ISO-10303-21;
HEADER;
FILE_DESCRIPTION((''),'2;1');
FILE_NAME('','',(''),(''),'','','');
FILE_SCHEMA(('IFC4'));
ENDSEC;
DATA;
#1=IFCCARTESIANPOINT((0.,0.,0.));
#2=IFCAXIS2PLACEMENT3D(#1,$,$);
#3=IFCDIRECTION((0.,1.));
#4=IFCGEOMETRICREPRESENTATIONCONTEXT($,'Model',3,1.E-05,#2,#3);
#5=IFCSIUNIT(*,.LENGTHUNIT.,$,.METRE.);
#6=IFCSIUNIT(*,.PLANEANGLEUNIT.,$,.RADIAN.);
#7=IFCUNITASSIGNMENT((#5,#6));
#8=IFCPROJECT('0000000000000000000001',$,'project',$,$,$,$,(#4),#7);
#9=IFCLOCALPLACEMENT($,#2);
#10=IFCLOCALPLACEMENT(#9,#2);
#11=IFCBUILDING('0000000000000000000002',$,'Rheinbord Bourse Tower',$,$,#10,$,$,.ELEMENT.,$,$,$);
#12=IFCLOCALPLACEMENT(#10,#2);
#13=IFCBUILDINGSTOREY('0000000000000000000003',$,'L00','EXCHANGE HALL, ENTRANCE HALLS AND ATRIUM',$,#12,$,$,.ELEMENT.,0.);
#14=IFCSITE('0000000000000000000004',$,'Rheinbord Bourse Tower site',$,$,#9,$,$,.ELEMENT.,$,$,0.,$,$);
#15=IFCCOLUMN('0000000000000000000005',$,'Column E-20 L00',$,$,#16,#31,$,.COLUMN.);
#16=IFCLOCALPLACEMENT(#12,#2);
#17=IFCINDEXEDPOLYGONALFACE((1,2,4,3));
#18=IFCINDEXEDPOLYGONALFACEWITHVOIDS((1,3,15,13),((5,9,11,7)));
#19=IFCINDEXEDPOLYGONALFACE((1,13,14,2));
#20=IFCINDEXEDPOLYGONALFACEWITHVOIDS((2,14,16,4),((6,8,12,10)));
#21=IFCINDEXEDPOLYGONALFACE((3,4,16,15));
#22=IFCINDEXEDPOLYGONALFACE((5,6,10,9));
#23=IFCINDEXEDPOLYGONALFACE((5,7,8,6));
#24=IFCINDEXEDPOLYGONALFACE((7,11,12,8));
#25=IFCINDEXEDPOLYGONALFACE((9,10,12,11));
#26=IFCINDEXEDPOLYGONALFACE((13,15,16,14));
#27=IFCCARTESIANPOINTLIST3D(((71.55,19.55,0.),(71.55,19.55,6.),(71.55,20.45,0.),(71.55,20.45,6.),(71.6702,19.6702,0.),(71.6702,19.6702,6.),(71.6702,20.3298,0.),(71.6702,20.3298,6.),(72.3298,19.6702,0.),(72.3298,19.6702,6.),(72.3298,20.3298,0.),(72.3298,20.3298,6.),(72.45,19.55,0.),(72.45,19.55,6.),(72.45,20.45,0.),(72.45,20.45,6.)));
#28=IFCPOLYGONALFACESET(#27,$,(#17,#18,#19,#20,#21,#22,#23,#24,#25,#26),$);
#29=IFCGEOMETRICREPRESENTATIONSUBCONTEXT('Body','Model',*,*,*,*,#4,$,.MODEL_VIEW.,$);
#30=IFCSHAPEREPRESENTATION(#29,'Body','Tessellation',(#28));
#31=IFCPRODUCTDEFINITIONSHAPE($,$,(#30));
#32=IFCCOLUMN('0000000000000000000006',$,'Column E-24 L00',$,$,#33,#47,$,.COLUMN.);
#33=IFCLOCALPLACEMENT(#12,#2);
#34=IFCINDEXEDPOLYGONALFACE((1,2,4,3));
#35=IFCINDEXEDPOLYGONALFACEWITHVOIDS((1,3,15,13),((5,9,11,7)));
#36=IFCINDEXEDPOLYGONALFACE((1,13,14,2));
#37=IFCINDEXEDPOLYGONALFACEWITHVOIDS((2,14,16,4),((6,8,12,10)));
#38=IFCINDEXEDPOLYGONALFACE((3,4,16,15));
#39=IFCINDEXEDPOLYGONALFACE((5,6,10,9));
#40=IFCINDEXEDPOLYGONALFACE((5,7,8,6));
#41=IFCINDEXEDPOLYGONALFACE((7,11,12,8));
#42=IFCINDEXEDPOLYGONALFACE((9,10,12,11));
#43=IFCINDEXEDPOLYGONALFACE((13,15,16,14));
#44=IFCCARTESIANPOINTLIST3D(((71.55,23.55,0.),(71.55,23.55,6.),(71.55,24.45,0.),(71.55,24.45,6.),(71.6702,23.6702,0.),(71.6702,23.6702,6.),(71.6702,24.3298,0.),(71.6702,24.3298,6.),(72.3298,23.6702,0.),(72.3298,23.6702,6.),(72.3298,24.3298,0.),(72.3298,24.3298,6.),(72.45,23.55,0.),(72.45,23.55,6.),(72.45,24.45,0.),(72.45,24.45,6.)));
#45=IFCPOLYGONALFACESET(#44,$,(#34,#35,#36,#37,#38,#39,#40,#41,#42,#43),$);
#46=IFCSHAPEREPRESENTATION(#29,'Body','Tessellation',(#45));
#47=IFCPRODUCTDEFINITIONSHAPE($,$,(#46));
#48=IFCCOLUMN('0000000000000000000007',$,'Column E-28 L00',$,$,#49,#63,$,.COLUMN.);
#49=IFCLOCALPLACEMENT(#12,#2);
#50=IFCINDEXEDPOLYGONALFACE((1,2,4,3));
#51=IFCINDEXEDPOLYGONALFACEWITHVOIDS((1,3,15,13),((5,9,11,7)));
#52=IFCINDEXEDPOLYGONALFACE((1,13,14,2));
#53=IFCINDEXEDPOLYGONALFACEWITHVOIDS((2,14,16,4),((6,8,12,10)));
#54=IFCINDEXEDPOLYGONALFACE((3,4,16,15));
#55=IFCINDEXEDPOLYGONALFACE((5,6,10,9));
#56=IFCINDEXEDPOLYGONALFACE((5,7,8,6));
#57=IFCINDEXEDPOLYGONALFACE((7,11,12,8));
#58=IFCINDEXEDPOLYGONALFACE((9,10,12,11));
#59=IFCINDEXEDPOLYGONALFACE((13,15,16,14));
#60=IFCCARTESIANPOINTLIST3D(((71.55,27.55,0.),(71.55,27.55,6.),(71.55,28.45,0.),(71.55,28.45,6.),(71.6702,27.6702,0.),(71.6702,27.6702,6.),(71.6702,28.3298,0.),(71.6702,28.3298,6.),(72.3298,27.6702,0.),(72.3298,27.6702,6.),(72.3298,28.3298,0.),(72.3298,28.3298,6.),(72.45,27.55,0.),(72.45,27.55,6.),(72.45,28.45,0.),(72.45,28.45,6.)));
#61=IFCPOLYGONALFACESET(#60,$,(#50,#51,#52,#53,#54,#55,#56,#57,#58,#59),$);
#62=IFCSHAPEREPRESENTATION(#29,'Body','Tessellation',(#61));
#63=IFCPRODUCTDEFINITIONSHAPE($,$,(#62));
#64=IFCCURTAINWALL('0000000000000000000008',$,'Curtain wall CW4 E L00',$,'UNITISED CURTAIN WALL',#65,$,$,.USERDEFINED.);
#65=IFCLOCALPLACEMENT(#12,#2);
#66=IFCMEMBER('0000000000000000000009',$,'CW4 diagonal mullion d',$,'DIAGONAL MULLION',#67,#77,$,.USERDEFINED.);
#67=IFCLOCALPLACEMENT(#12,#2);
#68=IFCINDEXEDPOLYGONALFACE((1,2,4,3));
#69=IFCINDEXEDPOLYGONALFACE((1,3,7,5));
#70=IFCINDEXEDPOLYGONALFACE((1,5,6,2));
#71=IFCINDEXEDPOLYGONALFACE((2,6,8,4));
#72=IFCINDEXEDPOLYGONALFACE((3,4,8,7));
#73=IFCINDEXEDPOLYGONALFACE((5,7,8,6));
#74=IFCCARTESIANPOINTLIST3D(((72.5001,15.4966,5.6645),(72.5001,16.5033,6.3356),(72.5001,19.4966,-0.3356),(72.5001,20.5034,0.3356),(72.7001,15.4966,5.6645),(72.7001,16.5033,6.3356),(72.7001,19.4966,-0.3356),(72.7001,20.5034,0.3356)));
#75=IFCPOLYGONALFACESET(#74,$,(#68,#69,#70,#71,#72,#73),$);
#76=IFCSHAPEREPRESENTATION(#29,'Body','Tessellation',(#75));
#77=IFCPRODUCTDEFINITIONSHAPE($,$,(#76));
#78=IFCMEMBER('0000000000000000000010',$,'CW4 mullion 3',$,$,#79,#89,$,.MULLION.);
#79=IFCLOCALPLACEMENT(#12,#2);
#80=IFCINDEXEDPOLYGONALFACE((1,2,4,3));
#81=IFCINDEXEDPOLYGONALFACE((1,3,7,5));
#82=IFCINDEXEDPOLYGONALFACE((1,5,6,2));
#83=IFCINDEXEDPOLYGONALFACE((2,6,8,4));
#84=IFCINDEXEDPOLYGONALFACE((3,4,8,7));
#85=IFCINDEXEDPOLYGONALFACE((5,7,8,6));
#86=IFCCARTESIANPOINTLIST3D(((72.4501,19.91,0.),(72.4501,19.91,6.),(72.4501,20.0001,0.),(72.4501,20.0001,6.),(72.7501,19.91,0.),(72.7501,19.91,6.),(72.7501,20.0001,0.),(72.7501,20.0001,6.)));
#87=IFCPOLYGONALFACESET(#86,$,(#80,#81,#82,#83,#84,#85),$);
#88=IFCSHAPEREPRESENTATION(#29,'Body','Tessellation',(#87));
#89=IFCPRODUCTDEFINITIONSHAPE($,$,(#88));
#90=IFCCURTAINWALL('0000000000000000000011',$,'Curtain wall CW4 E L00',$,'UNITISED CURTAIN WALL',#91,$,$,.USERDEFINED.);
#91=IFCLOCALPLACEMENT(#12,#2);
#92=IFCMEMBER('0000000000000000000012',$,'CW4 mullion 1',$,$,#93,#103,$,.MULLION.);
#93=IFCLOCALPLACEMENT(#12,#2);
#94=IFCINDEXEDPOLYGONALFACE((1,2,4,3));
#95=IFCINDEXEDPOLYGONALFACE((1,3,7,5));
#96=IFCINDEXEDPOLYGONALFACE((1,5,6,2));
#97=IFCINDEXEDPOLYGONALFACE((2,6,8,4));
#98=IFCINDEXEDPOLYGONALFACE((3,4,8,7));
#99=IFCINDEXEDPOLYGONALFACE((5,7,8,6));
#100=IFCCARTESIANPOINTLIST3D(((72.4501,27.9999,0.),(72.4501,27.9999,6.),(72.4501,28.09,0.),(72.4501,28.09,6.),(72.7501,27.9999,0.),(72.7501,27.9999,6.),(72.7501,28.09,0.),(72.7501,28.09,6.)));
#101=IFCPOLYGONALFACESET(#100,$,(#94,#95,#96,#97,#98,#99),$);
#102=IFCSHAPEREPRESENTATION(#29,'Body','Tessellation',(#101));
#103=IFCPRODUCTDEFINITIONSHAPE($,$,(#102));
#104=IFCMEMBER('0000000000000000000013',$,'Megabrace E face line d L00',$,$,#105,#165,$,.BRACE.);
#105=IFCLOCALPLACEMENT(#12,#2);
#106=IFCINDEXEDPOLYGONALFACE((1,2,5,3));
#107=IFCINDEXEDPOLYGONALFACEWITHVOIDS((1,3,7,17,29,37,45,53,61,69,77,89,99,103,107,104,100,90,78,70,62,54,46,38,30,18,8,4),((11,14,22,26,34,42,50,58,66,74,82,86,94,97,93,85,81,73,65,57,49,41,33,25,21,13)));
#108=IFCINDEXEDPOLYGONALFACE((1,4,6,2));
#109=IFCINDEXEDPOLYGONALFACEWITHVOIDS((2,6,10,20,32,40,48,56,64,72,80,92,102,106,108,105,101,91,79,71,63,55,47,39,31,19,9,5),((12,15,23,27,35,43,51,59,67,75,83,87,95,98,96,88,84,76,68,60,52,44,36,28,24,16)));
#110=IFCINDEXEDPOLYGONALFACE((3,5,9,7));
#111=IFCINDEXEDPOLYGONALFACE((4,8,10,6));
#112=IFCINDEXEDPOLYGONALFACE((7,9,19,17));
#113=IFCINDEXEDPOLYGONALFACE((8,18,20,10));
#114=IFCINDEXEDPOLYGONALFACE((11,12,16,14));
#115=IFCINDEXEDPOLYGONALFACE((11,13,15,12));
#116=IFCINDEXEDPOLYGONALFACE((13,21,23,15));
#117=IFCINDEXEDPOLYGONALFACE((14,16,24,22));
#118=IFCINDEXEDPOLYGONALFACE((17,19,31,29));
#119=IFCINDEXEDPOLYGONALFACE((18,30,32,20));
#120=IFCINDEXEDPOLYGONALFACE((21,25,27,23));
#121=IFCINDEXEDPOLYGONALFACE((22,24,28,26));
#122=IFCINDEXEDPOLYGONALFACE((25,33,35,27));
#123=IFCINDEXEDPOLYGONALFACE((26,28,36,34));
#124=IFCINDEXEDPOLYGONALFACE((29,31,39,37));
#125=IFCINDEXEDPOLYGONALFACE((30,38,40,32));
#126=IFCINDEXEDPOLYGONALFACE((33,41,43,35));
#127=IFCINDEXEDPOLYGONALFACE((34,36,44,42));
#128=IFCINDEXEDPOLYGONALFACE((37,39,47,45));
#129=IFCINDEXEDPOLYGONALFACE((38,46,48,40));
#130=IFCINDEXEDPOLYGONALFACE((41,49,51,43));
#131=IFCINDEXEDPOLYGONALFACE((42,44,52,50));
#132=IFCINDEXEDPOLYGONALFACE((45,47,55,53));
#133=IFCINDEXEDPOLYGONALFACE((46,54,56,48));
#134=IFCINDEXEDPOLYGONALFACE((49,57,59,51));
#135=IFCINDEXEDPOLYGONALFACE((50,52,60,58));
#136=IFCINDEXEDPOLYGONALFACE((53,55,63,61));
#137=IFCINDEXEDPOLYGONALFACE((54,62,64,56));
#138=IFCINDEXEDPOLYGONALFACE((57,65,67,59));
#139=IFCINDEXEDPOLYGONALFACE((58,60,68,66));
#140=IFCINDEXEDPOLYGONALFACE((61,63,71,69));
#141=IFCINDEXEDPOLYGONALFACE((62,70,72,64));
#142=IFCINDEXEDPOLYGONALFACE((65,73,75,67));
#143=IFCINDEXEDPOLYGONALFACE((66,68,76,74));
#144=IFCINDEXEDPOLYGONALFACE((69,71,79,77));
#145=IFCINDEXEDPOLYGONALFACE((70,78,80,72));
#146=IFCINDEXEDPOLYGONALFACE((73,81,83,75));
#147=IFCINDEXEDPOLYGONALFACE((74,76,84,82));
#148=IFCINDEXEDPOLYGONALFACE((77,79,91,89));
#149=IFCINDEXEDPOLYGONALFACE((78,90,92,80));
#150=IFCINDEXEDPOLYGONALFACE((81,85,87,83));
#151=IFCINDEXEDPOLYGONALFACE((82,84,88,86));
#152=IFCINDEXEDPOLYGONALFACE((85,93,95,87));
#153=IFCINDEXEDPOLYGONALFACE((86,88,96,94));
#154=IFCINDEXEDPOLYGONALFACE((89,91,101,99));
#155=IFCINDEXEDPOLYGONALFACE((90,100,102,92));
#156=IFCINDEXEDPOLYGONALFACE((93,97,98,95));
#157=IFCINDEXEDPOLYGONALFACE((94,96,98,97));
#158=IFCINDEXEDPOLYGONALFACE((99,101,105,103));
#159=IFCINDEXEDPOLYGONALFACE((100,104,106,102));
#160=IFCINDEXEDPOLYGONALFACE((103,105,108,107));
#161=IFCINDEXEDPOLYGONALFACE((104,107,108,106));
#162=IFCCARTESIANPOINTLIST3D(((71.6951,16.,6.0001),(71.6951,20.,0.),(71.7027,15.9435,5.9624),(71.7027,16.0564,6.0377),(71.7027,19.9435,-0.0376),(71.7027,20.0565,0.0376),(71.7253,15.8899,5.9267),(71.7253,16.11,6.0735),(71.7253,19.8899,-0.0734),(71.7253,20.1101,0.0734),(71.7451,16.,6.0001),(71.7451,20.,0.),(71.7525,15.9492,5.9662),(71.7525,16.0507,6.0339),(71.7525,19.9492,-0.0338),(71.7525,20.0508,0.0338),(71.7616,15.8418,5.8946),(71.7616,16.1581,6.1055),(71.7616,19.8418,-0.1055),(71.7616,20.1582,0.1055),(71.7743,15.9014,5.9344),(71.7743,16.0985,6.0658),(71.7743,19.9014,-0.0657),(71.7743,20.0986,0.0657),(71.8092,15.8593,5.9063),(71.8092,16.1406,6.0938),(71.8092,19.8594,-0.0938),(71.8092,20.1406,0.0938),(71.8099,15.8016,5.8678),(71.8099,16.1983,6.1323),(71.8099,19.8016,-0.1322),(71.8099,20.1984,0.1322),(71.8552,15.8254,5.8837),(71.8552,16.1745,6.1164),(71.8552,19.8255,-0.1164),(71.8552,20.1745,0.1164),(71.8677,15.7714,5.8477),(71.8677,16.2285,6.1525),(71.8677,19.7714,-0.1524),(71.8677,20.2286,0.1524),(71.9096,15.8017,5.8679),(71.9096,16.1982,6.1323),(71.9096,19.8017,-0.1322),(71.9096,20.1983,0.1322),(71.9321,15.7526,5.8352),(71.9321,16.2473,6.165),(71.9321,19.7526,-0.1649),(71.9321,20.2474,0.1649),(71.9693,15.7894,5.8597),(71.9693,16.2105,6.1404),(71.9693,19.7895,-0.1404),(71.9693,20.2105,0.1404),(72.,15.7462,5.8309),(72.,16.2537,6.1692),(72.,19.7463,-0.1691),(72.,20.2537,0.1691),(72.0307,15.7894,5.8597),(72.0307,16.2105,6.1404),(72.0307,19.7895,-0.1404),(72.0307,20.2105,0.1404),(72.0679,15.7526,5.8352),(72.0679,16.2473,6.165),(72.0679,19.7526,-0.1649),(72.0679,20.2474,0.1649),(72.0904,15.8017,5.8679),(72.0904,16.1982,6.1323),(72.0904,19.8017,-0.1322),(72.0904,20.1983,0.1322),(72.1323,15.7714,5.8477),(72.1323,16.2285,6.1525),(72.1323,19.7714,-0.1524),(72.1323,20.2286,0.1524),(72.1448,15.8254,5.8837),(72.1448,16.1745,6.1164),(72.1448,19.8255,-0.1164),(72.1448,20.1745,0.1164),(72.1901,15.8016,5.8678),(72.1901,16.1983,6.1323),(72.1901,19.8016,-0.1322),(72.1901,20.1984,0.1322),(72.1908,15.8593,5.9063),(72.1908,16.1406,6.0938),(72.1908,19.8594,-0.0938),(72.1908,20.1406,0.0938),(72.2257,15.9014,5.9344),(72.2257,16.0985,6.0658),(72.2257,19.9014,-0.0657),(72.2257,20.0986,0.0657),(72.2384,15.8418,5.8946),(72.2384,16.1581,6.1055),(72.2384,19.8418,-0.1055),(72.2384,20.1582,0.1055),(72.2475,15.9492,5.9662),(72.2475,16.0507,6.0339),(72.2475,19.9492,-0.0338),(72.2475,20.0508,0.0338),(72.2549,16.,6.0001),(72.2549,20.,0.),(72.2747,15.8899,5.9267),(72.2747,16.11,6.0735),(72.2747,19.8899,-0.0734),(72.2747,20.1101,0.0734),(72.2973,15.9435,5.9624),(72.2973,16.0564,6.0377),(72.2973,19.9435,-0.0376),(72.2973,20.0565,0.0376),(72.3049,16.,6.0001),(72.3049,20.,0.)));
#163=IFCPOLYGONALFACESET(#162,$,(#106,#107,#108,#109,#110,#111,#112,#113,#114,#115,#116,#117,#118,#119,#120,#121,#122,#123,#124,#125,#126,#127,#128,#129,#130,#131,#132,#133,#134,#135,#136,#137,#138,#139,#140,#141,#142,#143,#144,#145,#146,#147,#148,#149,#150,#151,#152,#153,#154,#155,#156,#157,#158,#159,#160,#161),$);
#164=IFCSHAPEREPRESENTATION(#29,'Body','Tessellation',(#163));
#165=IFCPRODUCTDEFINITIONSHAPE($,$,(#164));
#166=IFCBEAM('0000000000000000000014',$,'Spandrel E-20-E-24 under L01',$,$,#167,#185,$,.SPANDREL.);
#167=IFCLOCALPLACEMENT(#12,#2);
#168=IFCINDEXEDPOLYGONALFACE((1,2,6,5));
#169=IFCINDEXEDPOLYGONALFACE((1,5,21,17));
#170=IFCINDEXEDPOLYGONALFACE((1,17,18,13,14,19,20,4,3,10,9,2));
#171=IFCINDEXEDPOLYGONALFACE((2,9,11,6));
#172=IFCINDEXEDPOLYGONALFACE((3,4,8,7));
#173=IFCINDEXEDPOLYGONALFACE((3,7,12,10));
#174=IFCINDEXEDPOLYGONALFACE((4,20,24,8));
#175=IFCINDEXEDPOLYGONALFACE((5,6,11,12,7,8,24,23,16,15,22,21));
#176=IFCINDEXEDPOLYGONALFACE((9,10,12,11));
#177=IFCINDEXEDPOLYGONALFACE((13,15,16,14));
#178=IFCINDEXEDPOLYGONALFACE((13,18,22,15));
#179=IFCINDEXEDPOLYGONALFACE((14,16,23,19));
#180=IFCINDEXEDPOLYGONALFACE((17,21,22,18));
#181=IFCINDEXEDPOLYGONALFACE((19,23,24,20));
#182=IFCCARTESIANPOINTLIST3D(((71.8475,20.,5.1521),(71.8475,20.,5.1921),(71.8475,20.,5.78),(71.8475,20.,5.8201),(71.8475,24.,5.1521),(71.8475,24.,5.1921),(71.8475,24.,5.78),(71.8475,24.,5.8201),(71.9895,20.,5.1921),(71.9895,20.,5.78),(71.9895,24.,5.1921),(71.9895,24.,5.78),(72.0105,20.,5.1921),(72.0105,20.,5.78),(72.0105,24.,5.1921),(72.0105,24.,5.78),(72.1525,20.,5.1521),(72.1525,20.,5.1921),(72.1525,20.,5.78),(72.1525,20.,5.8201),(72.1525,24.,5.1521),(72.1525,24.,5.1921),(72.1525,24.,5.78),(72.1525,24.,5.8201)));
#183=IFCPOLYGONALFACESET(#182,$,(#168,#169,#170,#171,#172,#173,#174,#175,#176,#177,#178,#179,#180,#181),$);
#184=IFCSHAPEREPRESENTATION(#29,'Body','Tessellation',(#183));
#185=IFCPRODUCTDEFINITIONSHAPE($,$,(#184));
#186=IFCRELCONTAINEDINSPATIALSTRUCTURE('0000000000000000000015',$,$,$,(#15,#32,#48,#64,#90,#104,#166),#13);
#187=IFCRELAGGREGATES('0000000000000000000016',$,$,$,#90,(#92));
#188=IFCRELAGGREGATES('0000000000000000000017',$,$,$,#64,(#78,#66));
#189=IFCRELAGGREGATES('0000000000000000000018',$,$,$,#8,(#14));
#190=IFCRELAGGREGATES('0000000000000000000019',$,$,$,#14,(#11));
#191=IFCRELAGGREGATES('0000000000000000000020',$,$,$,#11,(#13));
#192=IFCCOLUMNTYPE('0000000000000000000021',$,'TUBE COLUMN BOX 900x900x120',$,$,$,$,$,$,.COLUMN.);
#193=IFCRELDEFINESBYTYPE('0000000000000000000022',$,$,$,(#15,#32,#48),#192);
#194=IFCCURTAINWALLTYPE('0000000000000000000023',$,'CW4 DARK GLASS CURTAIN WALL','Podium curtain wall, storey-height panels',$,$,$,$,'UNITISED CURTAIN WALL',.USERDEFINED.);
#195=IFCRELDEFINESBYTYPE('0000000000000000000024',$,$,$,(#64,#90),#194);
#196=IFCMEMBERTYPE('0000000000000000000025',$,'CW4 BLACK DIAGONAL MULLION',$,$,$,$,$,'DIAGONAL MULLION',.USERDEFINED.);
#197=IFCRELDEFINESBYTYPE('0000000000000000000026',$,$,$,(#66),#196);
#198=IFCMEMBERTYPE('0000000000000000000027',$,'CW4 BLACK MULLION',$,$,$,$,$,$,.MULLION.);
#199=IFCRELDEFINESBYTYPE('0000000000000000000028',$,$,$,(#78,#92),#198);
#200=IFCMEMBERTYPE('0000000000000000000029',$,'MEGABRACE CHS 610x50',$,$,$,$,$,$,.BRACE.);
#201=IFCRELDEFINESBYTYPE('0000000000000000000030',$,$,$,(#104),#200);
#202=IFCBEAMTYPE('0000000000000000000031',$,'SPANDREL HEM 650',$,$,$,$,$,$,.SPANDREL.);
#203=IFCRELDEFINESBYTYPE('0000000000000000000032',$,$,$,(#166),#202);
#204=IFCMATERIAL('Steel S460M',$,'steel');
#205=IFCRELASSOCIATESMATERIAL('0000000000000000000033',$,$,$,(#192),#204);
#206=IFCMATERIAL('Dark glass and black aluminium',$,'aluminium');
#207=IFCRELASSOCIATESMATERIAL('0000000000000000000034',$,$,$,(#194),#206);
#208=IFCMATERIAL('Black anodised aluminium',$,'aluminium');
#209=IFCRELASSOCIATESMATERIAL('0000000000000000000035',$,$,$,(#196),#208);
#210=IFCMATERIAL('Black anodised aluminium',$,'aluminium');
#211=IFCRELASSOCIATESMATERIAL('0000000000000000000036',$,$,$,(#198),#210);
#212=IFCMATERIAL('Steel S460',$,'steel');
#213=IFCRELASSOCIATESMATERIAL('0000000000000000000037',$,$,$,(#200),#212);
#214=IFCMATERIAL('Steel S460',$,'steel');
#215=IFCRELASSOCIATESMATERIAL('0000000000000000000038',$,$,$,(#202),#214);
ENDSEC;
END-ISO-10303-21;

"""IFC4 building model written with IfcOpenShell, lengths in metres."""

from ifc_helpers import new_model, si_unit, direction, frame, origin, origin_2d, place, context, subcontext, project, spatial, rectangle, hollow_rectangle, hollow_circle, i_section, extrude, material, material_profile, profile_set, type_object, element, aggregate, save


model = new_model("IFC4")

# Units and contexts
model_context = context("Model", 3, precision=1e-05, world=origin(), true_north=direction((0.0, 1.0)))
body_context = subcontext(model_context, "Body", "Model", "MODEL_VIEW")
ifc_project = project(units=[si_unit("LENGTHUNIT", "METRE"), si_unit("PLANEANGLEUNIT", "RADIAN")], contexts=[model_context])

# Site, building, storey
site_placement = place(None, origin())
site = spatial("IfcSite", under=ifc_project, at=site_placement, Name="Rheinbord Bourse Tower site", CompositionType="ELEMENT", RefElevation=0.0)
building_placement = place(site_placement, origin())
building = spatial("IfcBuilding", under=site, at=building_placement, Name="Rheinbord Bourse Tower", CompositionType="ELEMENT")
storey_placement = place(building_placement, origin())
storey = spatial("IfcBuildingStorey", under=building, at=storey_placement, Name="L00", Description="EXCHANGE HALL, ENTRANCE HALLS AND ATRIUM", CompositionType="ELEMENT", Elevation=0.0)

# Columns
ifc_material_1 = material(Name="Steel S460M", Category="steel")
ifc_material_profile_1 = material_profile(ifc_material_1, hollow_rectangle(XDim=0.8999, YDim=0.8999, WallThickness=0.1201, at=origin_2d()), Name="BOX 900x900x120")
ifc_profile_set_1 = profile_set([ifc_material_profile_1], Name="Steel S460M")
column_type = type_object("IfcColumnType", Name="TUBE COLUMN BOX 900x900x120", PredefinedType="COLUMN", material=ifc_profile_set_1)
for number, where, z_axis, x_axis, name in (
    (1, (72.0, 20.0, 0.0), (0.0, 0.0, 1.0), (1.0, 0.0, 0.0), "Column E-20 L00"),
    (2, (72.0, 24.0, 0.0), (0.0, 0.0, 1.0), (1.0, 0.0, 0.0), "Column E-24 L00"),
    (3, (72.0, 28.0, 0.0), (0.0, 0.0, 1.0), (1.0, 0.0, 0.0), "Column E-28 L00"),
):
    element("IfcColumn", number, at=place(storey_placement, frame(where, z_axis=z_axis, x_axis=x_axis)), inside=storey, type_object=column_type, Name=name, PredefinedType="COLUMN", context=body_context, shape_type="SweptSolid", body=[
        extrude(hollow_rectangle(XDim=0.8999, YDim=0.8999, WallThickness=0.1201, at=origin_2d()), origin(), (0.0, 0.0, 1.0), 6.0),
    ])

# Curtain wall, members
ifc_material_2 = material(Name="Dark glass and black aluminium", Category="aluminium")
curtain_wall_type = type_object("IfcCurtainWallType", Name="CW4 DARK GLASS CURTAIN WALL", Description="Podium curtain wall, storey-height panels", ElementType="UNITISED CURTAIN WALL", PredefinedType="USERDEFINED", material=ifc_material_2)
curtain_wall_1_placement = place(storey_placement, origin())
curtain_wall_1 = element("IfcCurtainWall", 4, at=curtain_wall_1_placement, inside=storey, type_object=curtain_wall_type, Name="Curtain wall CW4 E L00", ObjectType="UNITISED CURTAIN WALL", PredefinedType="USERDEFINED")
ifc_material_3 = material(Name="Black anodised aluminium", Category="aluminium")
ifc_material_profile_2 = material_profile(ifc_material_3, rectangle(XDim=0.2, YDim=1.21, at=origin_2d()), Name="CW4 DIAGONAL MULLION 1210x200")
ifc_profile_set_2 = profile_set([ifc_material_profile_2], Name="Black anodised aluminium")
member_type_1 = type_object("IfcMemberType", Name="CW4 BLACK DIAGONAL MULLION", ElementType="DIAGONAL MULLION", PredefinedType="USERDEFINED", material=ifc_profile_set_2)
member_1_placement = place(storey_placement, frame((72.6001, 20.0, 0.0), z_axis=(0.0, -0.5547, 0.83205), x_axis=(1.0, 0.0, 0.0)))
member_1 = element("IfcMember", 5, at=member_1_placement, type_object=member_type_1, Name="CW4 diagonal mullion d", ObjectType="DIAGONAL MULLION", PredefinedType="USERDEFINED", context=body_context, shape_type="SweptSolid", body=[
    extrude(rectangle(XDim=0.2, YDim=1.21, at=origin_2d()), origin(), (0.0, 0.0, 1.0), 7.2112),
])
ifc_material_4 = material(Name="Black anodised aluminium", Category="aluminium")
ifc_material_profile_3 = material_profile(ifc_material_4, rectangle(XDim=0.3, YDim=0.0901, at=origin_2d()), Name="CW4 MULLION 90x300")
ifc_profile_set_3 = profile_set([ifc_material_profile_3], Name="Black anodised aluminium")
member_type_2 = type_object("IfcMemberType", Name="CW4 BLACK MULLION", PredefinedType="MULLION", material=ifc_profile_set_3)
member_2_placement = place(storey_placement, frame((72.6001, 19.9551, 0.0), z_axis=(0.0, 0.0, 1.0), x_axis=(-1.0, 0.0, 0.0)))
member_2 = element("IfcMember", 6, at=member_2_placement, type_object=member_type_2, Name="CW4 mullion 3", PredefinedType="MULLION", context=body_context, shape_type="SweptSolid", body=[
    extrude(rectangle(XDim=0.3, YDim=0.0901, at=origin_2d()), origin(), (0.0, 0.0, 1.0), 6.0),
])

# Curtain wall, member
curtain_wall_2_placement = place(storey_placement, origin())
curtain_wall_2 = element("IfcCurtainWall", 7, at=curtain_wall_2_placement, inside=storey, type_object=curtain_wall_type, Name="Curtain wall CW4 E L00", ObjectType="UNITISED CURTAIN WALL", PredefinedType="USERDEFINED")
member_3_placement = place(storey_placement, frame((72.6001, 28.0449, 0.0), z_axis=(0.0, 0.0, 1.0), x_axis=(-1.0, 0.0, 0.0)))
member_3 = element("IfcMember", 8, at=member_3_placement, type_object=member_type_2, Name="CW4 mullion 1", PredefinedType="MULLION", context=body_context, shape_type="SweptSolid", body=[
    extrude(rectangle(XDim=0.3, YDim=0.0901, at=origin_2d()), origin(), (0.0, 0.0, 1.0), 6.0),
])
aggregate(curtain_wall_2, [member_3])

# Member
ifc_material_5 = material(Name="Steel S460", Category="steel")
ifc_material_profile_4 = material_profile(ifc_material_5, hollow_circle(Radius=0.3049, WallThickness=0.05, at=origin_2d()), Name="CHS 610x50")
ifc_profile_set_4 = profile_set([ifc_material_profile_4], Name="Steel S460")
member_type_3 = type_object("IfcMemberType", Name="MEGABRACE CHS 610x50", PredefinedType="BRACE", material=ifc_profile_set_4)
member_4_placement = place(storey_placement, frame((72.0, 20.0, 0.0), z_axis=(0.0, -0.5547, 0.83205), x_axis=(1.0, 0.0, 0.0)))
element("IfcMember", 9, at=member_4_placement, inside=storey, type_object=member_type_3, Name="Megabrace E face line d L00", PredefinedType="BRACE", context=body_context, shape_type="SweptSolid", body=[
    extrude(hollow_circle(Radius=0.3049, WallThickness=0.05, at=origin_2d()), origin(), (0.0, 0.0, 1.0), 7.2112),
])

# Beam
ifc_material_6 = material(Name="Steel S460", Category="steel")
ifc_material_profile_5 = material_profile(ifc_material_6, i_section(OverallWidth=0.3049, OverallDepth=0.668, WebThickness=0.021, FlangeThickness=0.04, at=origin_2d()), Name="HEM 650")
ifc_profile_set_5 = profile_set([ifc_material_profile_5], Name="Steel S460")
beam_type = type_object("IfcBeamType", Name="SPANDREL HEM 650", PredefinedType="SPANDREL", material=ifc_profile_set_5)
for number, where, z_axis, x_axis, name in (
    (10, (72.0, 20.0, 5.4861), (0.0, 1.0, 0.0), (-1.0, 0.0, 0.0), "Spandrel E-20-E-24 under L01"),
):
    element("IfcBeam", number, at=place(storey_placement, frame(where, z_axis=z_axis, x_axis=x_axis)), inside=storey, type_object=beam_type, Name=name, PredefinedType="SPANDREL", context=body_context, shape_type="SweptSolid", body=[
        extrude(i_section(OverallWidth=0.3049, OverallDepth=0.668, WebThickness=0.021, FlangeThickness=0.04, at=origin_2d()), origin(), (0.0, 0.0, 1.0), 4.0),
    ])

aggregate(curtain_wall_1, [member_2, member_1])

save(model, "model.ifc")
